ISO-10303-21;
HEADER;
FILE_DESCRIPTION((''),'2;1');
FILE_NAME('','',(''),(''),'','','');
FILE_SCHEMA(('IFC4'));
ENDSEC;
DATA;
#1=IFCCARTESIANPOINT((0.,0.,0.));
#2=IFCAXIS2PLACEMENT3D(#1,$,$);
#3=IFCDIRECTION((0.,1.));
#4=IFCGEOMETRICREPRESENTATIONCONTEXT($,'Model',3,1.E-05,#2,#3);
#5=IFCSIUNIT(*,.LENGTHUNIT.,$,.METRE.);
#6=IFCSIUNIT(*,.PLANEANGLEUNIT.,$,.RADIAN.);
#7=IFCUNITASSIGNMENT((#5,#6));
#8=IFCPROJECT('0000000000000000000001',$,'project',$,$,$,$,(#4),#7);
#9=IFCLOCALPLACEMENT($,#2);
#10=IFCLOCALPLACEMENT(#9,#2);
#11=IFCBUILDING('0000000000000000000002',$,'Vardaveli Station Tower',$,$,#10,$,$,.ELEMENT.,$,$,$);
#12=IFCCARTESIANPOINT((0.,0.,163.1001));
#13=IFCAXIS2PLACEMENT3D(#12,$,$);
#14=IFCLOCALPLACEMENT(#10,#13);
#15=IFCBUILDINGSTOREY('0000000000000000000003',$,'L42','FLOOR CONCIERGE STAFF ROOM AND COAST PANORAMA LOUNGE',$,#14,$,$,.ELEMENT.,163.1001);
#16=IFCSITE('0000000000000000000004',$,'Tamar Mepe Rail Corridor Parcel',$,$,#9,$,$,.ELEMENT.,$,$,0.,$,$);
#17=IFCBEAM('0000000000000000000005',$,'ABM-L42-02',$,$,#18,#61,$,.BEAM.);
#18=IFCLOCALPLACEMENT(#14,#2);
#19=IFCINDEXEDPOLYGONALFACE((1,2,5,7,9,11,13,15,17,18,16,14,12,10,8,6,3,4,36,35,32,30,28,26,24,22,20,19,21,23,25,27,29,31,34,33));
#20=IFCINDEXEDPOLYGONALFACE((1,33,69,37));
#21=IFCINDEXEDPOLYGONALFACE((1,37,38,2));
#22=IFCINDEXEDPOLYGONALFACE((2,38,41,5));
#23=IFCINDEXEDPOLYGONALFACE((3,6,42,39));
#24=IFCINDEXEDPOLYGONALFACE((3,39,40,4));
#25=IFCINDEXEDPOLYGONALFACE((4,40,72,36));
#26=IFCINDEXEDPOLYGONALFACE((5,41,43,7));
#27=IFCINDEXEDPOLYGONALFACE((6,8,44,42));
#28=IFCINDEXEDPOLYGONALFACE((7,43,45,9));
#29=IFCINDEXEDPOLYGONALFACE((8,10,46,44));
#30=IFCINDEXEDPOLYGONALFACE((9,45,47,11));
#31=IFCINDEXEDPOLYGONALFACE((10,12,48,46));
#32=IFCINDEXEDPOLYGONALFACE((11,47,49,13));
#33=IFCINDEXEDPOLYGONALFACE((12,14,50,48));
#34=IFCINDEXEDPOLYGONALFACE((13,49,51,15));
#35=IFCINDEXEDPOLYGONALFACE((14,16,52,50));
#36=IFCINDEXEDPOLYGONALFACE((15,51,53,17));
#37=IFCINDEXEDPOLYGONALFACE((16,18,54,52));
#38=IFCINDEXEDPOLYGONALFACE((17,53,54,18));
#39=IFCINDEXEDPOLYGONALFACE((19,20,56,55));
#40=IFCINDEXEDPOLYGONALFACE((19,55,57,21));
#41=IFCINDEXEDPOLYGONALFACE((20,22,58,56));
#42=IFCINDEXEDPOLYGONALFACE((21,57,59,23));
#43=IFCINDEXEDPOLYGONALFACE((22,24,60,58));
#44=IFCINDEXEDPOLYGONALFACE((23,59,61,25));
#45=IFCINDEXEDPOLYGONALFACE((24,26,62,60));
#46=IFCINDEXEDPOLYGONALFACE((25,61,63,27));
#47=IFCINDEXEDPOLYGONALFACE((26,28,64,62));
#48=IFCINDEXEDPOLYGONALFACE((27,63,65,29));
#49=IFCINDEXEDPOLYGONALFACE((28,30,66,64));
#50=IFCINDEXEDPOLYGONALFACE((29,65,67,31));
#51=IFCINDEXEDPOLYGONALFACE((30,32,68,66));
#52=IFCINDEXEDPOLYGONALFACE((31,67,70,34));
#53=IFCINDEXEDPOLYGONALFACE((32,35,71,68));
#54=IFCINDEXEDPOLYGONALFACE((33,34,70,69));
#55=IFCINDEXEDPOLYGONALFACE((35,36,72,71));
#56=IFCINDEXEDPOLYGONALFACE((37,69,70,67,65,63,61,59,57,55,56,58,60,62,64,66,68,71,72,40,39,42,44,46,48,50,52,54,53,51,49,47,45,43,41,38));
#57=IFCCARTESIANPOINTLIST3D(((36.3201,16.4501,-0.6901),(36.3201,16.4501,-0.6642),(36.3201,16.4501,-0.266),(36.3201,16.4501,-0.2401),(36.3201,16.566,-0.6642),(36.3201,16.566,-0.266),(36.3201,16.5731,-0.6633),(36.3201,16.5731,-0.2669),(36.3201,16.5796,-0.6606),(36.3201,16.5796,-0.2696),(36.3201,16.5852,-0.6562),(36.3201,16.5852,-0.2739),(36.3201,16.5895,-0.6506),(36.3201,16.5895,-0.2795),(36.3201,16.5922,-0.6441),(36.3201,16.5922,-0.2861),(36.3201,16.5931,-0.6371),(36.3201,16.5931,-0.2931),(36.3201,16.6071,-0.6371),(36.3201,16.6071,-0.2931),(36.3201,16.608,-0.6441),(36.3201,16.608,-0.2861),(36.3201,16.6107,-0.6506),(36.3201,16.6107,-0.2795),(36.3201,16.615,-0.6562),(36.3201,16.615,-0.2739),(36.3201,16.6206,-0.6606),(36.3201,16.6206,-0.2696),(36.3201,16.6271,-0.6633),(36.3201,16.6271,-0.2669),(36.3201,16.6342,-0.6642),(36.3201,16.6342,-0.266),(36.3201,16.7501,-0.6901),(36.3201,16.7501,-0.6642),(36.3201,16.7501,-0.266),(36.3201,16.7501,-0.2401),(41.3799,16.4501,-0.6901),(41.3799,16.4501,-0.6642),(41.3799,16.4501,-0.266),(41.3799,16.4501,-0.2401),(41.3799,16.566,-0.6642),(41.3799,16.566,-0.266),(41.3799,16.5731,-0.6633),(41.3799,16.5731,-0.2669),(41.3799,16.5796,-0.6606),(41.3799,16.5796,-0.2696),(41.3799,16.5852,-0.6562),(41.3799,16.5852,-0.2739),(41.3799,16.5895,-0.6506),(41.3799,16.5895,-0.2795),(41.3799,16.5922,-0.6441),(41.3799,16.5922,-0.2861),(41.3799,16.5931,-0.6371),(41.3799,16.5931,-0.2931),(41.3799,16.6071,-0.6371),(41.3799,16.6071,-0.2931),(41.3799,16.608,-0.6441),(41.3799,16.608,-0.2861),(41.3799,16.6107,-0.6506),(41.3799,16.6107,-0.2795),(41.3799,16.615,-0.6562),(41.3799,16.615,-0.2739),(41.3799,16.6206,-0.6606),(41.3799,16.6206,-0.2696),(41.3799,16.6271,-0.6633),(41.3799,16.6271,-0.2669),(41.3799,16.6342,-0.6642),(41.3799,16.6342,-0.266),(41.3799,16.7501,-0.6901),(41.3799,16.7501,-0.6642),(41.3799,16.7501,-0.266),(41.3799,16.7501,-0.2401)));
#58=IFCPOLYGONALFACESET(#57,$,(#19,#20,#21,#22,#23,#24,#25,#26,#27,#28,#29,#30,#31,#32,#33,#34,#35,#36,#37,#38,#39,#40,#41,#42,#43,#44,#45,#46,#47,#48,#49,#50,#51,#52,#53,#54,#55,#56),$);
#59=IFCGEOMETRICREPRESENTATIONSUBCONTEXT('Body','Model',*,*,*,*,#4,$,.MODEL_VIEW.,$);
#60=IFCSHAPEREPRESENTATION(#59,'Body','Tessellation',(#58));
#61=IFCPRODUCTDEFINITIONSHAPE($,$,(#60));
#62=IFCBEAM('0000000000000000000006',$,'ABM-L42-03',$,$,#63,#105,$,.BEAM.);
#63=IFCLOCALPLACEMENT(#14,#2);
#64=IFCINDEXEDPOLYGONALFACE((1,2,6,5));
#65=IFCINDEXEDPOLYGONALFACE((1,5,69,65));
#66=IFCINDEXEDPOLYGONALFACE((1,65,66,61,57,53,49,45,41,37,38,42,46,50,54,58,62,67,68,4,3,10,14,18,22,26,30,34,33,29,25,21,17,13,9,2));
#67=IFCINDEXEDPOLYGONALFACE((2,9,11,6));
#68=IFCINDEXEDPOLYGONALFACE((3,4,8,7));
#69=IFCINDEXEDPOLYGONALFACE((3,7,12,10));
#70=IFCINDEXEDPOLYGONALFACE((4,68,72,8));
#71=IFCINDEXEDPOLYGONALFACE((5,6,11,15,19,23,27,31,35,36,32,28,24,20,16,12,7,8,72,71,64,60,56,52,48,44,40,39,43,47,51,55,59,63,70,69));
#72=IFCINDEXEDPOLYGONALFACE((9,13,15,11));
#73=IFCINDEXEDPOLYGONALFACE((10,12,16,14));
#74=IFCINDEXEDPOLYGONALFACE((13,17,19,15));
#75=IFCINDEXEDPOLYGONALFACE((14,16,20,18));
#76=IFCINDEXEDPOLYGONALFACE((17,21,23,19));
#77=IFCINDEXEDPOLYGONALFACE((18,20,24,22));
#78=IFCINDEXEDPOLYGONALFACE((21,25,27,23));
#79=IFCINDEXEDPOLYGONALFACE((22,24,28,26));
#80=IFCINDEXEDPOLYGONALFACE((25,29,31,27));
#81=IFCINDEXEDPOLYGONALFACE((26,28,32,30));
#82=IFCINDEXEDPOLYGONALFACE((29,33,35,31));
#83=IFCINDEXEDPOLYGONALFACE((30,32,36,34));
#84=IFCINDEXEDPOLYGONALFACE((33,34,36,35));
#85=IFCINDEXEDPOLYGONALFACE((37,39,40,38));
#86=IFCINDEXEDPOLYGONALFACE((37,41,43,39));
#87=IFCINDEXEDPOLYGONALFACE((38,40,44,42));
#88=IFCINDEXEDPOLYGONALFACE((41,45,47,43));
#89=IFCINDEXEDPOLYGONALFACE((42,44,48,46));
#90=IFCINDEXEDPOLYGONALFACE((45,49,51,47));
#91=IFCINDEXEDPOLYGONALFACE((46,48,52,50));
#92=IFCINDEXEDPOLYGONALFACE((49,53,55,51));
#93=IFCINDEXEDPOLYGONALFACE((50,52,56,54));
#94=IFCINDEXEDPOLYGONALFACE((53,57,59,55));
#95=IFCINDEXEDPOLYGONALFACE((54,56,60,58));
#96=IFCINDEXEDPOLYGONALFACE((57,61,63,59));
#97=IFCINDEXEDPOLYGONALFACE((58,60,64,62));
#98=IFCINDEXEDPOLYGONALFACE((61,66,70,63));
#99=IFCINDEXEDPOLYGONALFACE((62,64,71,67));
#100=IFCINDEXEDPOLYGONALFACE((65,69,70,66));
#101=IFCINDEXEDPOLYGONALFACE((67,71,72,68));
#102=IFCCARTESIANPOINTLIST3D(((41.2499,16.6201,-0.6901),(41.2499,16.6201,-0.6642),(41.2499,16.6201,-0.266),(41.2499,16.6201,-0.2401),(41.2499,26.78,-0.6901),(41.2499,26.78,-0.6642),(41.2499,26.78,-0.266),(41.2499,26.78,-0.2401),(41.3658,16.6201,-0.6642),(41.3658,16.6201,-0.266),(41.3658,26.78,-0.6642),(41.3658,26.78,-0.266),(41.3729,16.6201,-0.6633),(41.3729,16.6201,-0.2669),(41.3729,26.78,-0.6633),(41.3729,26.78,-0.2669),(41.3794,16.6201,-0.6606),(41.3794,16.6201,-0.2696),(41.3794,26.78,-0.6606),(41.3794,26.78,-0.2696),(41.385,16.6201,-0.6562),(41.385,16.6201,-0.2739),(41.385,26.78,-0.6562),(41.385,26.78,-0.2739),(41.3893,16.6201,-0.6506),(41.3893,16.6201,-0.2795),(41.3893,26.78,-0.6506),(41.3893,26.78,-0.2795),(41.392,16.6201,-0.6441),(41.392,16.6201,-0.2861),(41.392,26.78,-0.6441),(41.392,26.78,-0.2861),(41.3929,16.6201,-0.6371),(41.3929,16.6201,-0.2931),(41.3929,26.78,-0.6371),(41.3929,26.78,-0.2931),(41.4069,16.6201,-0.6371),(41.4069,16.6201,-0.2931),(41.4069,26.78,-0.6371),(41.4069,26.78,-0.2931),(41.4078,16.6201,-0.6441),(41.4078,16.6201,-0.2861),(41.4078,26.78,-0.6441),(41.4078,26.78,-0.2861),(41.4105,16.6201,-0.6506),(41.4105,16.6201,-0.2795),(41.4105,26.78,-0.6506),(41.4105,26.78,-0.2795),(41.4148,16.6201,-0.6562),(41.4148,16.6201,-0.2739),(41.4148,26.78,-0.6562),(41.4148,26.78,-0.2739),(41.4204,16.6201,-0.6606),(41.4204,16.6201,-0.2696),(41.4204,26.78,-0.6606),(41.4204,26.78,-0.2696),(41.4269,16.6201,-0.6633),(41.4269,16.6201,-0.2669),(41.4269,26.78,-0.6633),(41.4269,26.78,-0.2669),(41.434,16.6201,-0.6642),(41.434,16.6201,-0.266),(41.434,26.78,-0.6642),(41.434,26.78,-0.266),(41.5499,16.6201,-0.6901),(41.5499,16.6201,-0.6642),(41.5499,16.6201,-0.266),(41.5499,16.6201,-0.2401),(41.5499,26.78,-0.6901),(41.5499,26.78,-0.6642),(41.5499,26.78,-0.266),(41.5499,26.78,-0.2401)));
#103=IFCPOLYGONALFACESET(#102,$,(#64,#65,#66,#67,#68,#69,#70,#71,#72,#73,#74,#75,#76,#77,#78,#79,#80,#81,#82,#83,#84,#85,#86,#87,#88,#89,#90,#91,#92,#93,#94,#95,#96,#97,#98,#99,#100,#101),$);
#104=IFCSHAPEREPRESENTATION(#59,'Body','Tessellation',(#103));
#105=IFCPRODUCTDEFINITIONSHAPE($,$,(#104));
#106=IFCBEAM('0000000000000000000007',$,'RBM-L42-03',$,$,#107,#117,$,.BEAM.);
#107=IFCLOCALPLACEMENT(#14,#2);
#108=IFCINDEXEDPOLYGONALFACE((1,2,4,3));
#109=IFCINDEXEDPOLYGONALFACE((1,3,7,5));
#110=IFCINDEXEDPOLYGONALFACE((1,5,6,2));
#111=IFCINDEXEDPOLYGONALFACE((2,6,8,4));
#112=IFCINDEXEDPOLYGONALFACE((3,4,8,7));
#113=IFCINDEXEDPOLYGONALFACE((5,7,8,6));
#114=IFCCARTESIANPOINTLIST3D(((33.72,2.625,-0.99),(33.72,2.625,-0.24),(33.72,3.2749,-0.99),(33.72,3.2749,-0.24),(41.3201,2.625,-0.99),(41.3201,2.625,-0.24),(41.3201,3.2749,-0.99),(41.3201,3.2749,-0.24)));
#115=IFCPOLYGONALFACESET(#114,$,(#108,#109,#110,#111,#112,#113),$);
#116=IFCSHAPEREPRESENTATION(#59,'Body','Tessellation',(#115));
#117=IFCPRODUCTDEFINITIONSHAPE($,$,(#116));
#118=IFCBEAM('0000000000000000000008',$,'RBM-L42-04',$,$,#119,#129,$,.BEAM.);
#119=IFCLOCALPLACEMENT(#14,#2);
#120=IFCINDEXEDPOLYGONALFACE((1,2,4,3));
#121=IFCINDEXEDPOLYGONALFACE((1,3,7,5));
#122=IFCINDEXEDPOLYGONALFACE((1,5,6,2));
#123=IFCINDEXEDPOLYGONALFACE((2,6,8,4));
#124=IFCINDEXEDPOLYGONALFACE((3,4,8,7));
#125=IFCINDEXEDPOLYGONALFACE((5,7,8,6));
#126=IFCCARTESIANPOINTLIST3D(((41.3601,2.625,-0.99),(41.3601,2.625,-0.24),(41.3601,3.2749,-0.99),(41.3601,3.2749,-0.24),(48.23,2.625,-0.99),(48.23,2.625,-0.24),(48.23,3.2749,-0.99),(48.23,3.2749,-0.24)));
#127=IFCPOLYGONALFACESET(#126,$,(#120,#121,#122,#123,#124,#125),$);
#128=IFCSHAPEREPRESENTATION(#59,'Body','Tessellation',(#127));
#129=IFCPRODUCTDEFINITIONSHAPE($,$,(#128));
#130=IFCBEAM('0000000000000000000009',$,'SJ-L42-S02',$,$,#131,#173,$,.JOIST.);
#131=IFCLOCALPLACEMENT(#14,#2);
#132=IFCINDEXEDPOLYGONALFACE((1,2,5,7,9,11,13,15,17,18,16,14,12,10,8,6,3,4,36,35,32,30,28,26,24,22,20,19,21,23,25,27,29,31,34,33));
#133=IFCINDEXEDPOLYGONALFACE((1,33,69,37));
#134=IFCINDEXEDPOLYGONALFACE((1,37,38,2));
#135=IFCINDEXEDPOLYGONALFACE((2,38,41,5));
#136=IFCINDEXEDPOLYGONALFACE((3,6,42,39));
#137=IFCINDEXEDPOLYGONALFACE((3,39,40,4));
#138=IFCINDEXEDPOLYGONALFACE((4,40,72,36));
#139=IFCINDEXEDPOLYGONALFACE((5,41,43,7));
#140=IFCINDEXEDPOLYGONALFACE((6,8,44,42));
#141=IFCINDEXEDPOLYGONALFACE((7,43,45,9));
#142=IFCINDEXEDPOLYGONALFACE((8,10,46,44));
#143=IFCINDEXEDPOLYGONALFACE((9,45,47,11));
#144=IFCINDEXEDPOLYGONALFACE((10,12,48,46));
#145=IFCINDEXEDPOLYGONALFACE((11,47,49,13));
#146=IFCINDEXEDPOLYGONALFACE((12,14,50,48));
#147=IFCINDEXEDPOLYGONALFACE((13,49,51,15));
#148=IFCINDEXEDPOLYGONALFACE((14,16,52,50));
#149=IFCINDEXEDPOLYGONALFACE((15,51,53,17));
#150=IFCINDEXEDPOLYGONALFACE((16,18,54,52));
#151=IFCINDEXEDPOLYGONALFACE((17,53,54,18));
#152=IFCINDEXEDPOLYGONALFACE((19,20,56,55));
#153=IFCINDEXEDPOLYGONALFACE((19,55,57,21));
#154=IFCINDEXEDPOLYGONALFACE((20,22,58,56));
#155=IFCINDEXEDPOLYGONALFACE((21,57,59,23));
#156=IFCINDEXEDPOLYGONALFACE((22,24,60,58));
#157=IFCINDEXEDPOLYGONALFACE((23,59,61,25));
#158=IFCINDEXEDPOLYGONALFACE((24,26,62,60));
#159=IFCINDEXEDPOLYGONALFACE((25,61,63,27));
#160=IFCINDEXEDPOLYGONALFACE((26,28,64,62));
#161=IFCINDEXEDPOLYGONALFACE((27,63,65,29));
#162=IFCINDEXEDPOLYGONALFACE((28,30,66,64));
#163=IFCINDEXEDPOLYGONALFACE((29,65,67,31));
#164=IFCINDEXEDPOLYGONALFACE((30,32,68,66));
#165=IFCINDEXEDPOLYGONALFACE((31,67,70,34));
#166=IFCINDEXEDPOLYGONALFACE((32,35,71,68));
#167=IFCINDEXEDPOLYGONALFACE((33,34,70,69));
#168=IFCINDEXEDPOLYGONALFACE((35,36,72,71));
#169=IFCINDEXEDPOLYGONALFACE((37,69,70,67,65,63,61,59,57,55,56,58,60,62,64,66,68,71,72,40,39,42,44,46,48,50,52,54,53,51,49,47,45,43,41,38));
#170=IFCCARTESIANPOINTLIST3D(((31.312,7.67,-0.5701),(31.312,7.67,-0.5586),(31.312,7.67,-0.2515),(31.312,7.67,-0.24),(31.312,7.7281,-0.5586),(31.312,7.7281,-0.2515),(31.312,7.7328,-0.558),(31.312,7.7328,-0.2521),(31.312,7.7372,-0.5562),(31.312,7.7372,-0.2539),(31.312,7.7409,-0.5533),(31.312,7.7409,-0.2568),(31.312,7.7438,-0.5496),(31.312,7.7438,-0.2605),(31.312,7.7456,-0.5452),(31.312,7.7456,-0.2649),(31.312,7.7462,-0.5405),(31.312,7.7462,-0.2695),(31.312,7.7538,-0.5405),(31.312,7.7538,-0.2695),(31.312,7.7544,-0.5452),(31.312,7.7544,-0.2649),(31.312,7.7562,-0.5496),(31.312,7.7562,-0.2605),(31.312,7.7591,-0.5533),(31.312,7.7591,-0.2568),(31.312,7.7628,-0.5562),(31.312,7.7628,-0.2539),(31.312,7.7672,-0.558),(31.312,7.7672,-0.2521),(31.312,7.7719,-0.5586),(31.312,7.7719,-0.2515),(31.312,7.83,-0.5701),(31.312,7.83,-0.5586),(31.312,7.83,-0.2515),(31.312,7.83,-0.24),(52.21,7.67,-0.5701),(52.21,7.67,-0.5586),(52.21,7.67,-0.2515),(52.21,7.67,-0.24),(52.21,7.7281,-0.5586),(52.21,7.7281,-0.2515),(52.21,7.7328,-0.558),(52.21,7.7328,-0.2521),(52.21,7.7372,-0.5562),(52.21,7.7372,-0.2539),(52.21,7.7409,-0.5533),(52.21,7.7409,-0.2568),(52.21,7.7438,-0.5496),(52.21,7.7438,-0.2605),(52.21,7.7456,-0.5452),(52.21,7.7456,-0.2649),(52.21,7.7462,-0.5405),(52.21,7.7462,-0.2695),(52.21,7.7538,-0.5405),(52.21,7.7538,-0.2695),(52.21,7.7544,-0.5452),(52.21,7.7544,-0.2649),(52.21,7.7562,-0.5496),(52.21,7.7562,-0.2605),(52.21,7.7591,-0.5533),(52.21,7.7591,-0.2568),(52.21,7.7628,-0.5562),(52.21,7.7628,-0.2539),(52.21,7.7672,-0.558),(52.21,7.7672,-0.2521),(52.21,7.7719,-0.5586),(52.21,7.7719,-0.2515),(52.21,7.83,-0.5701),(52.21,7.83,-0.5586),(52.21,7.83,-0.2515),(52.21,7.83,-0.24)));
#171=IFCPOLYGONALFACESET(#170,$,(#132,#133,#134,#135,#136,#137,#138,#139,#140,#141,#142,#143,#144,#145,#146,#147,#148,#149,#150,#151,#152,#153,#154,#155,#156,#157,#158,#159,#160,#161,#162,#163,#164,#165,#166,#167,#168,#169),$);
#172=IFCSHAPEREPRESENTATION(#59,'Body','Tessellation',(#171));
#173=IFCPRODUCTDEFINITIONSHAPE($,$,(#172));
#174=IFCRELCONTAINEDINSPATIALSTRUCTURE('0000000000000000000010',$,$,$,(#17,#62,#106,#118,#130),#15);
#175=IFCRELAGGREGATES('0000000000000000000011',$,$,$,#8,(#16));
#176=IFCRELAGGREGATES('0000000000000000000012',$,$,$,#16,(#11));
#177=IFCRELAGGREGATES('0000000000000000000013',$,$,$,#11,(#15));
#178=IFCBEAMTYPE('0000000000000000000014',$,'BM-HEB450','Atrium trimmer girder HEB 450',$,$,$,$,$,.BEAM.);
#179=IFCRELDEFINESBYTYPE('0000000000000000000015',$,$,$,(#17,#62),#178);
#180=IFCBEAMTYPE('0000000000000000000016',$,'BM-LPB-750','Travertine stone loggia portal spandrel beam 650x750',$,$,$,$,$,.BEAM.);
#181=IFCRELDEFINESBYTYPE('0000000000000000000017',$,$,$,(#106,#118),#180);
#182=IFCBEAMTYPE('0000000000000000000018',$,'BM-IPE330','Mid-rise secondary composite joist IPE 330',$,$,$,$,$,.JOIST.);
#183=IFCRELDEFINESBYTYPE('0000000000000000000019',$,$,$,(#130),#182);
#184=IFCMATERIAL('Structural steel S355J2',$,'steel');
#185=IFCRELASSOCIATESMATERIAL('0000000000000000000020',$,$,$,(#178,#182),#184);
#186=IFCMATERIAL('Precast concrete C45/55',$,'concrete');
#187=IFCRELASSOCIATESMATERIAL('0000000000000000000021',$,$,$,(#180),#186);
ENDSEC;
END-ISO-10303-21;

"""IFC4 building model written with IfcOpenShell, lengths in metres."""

from ifc_helpers import new_model, si_unit, direction, frame, origin, origin_2d, place, context, subcontext, project, spatial, rectangle, i_section, extrude, source, transform, mapped, material, material_profile, profile_set, type_object, element, save


model = new_model("IFC4")

# Units and contexts
model_context = context("Model", 3, precision=1e-05, world=origin(), true_north=direction((0.0, 1.0)))
body_context = subcontext(model_context, "Body", "Model", "MODEL_VIEW")
ifc_project = project(units=[si_unit("LENGTHUNIT", "METRE"), si_unit("PLANEANGLEUNIT", "RADIAN")], contexts=[model_context])

# Site, building, storey
site_placement = place(None, origin())
site = spatial("IfcSite", under=ifc_project, at=site_placement, Name="Tamar Mepe Rail Corridor Parcel", CompositionType="ELEMENT", RefElevation=0.0)
building_placement = place(site_placement, origin())
building = spatial("IfcBuilding", under=site, at=building_placement, Name="Vardaveli Station Tower", CompositionType="ELEMENT")
storey_placement = place(building_placement, frame((0.0, 0.0, 163.1001)))
storey = spatial("IfcBuildingStorey", under=building, at=storey_placement, Name="L42", Description="FLOOR CONCIERGE STAFF ROOM AND COAST PANORAMA LOUNGE", CompositionType="ELEMENT", Elevation=163.1001)

# Beams
ifc_material_1 = material(Name="Structural steel S355J2", Category="steel")
ifc_material_profile_1 = material_profile(ifc_material_1, i_section(OverallWidth=0.3, OverallDepth=0.45, WebThickness=0.0139, FlangeThickness=0.0259, FilletRadius=0.0271, at=origin_2d()), Name="HEB 450")
ifc_profile_set_1 = profile_set([ifc_material_profile_1], Name="Structural steel S355J2")
beam_type_1 = type_object("IfcBeamType", Name="BM-HEB450", Description="Atrium trimmer girder HEB 450", PredefinedType="BEAM", material=ifc_profile_set_1)
shared_shape_1 = source(origin(), body_context, "Body", "SweptSolid", [
    extrude(i_section(OverallWidth=0.3, OverallDepth=0.45, WebThickness=0.0139, FlangeThickness=0.0259, FilletRadius=0.0271, at=origin_2d()), origin(), (0.0, 0.0, 1.0), 5.0598),
])
beam_1_placement = place(storey_placement, frame((36.3201, 16.6001, -0.4651), z_axis=(1.0, 0.0, 0.0), x_axis=(0.0, 1.0, 0.0)))
element("IfcBeam", 1, at=beam_1_placement, inside=storey, type_object=beam_type_1, Name="ABM-L42-02", PredefinedType="BEAM", context=body_context, shape_type="MappedRepresentation", body=[
    mapped(shared_shape_1, transform((0.0, 0.0, 0.0), scale=1.0)),
])
shared_shape_2 = source(origin(), body_context, "Body", "SweptSolid", [
    extrude(i_section(OverallWidth=0.3, OverallDepth=0.45, WebThickness=0.0139, FlangeThickness=0.0259, FilletRadius=0.0271, at=origin_2d()), origin(), (0.0, 0.0, 1.0), 10.1599),
])
beam_2_placement = place(storey_placement, frame((41.3999, 16.6201, -0.4651), z_axis=(0.0, 1.0, 0.0), x_axis=(-1.0, 0.0, 0.0)))
element("IfcBeam", 2, at=beam_2_placement, inside=storey, type_object=beam_type_1, Name="ABM-L42-03", PredefinedType="BEAM", context=body_context, shape_type="MappedRepresentation", body=[
    mapped(shared_shape_2, transform((0.0, 0.0, 0.0), scale=1.0)),
])
ifc_material_2 = material(Name="Precast concrete C45/55", Category="concrete")
ifc_material_profile_2 = material_profile(ifc_material_2, rectangle(XDim=0.6499, YDim=0.75, at=origin_2d()), Name="LPB 650x750")
ifc_profile_set_2 = profile_set([ifc_material_profile_2], Name="Precast concrete C45/55")
beam_type_2 = type_object("IfcBeamType", Name="BM-LPB-750", Description="Travertine stone loggia portal spandrel beam 650x750", PredefinedType="BEAM", material=ifc_profile_set_2)
shared_shape_3 = source(origin(), body_context, "Body", "SweptSolid", [
    extrude(rectangle(XDim=0.6499, YDim=0.75, at=origin_2d()), origin(), (0.0, 0.0, 1.0), 7.6001),
])
beam_3_placement = place(storey_placement, frame((33.72, 2.95, -0.615), z_axis=(1.0, 0.0, 0.0), x_axis=(0.0, 1.0, 0.0)))
element("IfcBeam", 3, at=beam_3_placement, inside=storey, type_object=beam_type_2, Name="RBM-L42-03", PredefinedType="BEAM", context=body_context, shape_type="MappedRepresentation", body=[
    mapped(shared_shape_3, transform((0.0, 0.0, 0.0), scale=1.0)),
])
shared_shape_4 = source(origin(), body_context, "Body", "SweptSolid", [
    extrude(rectangle(XDim=0.6499, YDim=0.75, at=origin_2d()), origin(), (0.0, 0.0, 1.0), 6.8699),
])
beam_4_placement = place(storey_placement, frame((41.3601, 2.95, -0.615), z_axis=(1.0, 0.0, 0.0), x_axis=(0.0, 1.0, 0.0)))
element("IfcBeam", 4, at=beam_4_placement, inside=storey, type_object=beam_type_2, Name="RBM-L42-04", PredefinedType="BEAM", context=body_context, shape_type="MappedRepresentation", body=[
    mapped(shared_shape_4, transform((0.0, 0.0, 0.0), scale=1.0)),
])
ifc_material_profile_3 = material_profile(ifc_material_1, i_section(OverallWidth=0.1599, OverallDepth=0.3301, WebThickness=0.0076, FlangeThickness=0.0115, FilletRadius=0.0181, at=origin_2d()), Name="IPE 330")
ifc_profile_set_3 = profile_set([ifc_material_profile_3], Name="Structural steel S355J2")
beam_type_3 = type_object("IfcBeamType", Name="BM-IPE330", Description="Mid-rise secondary composite joist IPE 330", PredefinedType="JOIST", material=ifc_profile_set_3)
shared_shape_5 = source(origin(), body_context, "Body", "SweptSolid", [
    extrude(i_section(OverallWidth=0.1599, OverallDepth=0.3301, WebThickness=0.0076, FlangeThickness=0.0115, FilletRadius=0.0181, at=origin_2d()), origin(), (0.0, 0.0, 1.0), 20.8979),
])
for number, where, z_axis, x_axis, name in (
    (5, (31.312, 7.75, -0.405), (1.0, 0.0, 0.0), (0.0, 1.0, 0.0), "SJ-L42-S02"),
):
    element("IfcBeam", number, at=place(storey_placement, frame(where, z_axis=z_axis, x_axis=x_axis)), inside=storey, type_object=beam_type_3, Name=name, PredefinedType="JOIST", context=body_context, shape_type="MappedRepresentation", body=[
        mapped(shared_shape_5, transform((0.0, 0.0, 0.0), scale=1.0)),
    ])

save(model, "model.ifc")
